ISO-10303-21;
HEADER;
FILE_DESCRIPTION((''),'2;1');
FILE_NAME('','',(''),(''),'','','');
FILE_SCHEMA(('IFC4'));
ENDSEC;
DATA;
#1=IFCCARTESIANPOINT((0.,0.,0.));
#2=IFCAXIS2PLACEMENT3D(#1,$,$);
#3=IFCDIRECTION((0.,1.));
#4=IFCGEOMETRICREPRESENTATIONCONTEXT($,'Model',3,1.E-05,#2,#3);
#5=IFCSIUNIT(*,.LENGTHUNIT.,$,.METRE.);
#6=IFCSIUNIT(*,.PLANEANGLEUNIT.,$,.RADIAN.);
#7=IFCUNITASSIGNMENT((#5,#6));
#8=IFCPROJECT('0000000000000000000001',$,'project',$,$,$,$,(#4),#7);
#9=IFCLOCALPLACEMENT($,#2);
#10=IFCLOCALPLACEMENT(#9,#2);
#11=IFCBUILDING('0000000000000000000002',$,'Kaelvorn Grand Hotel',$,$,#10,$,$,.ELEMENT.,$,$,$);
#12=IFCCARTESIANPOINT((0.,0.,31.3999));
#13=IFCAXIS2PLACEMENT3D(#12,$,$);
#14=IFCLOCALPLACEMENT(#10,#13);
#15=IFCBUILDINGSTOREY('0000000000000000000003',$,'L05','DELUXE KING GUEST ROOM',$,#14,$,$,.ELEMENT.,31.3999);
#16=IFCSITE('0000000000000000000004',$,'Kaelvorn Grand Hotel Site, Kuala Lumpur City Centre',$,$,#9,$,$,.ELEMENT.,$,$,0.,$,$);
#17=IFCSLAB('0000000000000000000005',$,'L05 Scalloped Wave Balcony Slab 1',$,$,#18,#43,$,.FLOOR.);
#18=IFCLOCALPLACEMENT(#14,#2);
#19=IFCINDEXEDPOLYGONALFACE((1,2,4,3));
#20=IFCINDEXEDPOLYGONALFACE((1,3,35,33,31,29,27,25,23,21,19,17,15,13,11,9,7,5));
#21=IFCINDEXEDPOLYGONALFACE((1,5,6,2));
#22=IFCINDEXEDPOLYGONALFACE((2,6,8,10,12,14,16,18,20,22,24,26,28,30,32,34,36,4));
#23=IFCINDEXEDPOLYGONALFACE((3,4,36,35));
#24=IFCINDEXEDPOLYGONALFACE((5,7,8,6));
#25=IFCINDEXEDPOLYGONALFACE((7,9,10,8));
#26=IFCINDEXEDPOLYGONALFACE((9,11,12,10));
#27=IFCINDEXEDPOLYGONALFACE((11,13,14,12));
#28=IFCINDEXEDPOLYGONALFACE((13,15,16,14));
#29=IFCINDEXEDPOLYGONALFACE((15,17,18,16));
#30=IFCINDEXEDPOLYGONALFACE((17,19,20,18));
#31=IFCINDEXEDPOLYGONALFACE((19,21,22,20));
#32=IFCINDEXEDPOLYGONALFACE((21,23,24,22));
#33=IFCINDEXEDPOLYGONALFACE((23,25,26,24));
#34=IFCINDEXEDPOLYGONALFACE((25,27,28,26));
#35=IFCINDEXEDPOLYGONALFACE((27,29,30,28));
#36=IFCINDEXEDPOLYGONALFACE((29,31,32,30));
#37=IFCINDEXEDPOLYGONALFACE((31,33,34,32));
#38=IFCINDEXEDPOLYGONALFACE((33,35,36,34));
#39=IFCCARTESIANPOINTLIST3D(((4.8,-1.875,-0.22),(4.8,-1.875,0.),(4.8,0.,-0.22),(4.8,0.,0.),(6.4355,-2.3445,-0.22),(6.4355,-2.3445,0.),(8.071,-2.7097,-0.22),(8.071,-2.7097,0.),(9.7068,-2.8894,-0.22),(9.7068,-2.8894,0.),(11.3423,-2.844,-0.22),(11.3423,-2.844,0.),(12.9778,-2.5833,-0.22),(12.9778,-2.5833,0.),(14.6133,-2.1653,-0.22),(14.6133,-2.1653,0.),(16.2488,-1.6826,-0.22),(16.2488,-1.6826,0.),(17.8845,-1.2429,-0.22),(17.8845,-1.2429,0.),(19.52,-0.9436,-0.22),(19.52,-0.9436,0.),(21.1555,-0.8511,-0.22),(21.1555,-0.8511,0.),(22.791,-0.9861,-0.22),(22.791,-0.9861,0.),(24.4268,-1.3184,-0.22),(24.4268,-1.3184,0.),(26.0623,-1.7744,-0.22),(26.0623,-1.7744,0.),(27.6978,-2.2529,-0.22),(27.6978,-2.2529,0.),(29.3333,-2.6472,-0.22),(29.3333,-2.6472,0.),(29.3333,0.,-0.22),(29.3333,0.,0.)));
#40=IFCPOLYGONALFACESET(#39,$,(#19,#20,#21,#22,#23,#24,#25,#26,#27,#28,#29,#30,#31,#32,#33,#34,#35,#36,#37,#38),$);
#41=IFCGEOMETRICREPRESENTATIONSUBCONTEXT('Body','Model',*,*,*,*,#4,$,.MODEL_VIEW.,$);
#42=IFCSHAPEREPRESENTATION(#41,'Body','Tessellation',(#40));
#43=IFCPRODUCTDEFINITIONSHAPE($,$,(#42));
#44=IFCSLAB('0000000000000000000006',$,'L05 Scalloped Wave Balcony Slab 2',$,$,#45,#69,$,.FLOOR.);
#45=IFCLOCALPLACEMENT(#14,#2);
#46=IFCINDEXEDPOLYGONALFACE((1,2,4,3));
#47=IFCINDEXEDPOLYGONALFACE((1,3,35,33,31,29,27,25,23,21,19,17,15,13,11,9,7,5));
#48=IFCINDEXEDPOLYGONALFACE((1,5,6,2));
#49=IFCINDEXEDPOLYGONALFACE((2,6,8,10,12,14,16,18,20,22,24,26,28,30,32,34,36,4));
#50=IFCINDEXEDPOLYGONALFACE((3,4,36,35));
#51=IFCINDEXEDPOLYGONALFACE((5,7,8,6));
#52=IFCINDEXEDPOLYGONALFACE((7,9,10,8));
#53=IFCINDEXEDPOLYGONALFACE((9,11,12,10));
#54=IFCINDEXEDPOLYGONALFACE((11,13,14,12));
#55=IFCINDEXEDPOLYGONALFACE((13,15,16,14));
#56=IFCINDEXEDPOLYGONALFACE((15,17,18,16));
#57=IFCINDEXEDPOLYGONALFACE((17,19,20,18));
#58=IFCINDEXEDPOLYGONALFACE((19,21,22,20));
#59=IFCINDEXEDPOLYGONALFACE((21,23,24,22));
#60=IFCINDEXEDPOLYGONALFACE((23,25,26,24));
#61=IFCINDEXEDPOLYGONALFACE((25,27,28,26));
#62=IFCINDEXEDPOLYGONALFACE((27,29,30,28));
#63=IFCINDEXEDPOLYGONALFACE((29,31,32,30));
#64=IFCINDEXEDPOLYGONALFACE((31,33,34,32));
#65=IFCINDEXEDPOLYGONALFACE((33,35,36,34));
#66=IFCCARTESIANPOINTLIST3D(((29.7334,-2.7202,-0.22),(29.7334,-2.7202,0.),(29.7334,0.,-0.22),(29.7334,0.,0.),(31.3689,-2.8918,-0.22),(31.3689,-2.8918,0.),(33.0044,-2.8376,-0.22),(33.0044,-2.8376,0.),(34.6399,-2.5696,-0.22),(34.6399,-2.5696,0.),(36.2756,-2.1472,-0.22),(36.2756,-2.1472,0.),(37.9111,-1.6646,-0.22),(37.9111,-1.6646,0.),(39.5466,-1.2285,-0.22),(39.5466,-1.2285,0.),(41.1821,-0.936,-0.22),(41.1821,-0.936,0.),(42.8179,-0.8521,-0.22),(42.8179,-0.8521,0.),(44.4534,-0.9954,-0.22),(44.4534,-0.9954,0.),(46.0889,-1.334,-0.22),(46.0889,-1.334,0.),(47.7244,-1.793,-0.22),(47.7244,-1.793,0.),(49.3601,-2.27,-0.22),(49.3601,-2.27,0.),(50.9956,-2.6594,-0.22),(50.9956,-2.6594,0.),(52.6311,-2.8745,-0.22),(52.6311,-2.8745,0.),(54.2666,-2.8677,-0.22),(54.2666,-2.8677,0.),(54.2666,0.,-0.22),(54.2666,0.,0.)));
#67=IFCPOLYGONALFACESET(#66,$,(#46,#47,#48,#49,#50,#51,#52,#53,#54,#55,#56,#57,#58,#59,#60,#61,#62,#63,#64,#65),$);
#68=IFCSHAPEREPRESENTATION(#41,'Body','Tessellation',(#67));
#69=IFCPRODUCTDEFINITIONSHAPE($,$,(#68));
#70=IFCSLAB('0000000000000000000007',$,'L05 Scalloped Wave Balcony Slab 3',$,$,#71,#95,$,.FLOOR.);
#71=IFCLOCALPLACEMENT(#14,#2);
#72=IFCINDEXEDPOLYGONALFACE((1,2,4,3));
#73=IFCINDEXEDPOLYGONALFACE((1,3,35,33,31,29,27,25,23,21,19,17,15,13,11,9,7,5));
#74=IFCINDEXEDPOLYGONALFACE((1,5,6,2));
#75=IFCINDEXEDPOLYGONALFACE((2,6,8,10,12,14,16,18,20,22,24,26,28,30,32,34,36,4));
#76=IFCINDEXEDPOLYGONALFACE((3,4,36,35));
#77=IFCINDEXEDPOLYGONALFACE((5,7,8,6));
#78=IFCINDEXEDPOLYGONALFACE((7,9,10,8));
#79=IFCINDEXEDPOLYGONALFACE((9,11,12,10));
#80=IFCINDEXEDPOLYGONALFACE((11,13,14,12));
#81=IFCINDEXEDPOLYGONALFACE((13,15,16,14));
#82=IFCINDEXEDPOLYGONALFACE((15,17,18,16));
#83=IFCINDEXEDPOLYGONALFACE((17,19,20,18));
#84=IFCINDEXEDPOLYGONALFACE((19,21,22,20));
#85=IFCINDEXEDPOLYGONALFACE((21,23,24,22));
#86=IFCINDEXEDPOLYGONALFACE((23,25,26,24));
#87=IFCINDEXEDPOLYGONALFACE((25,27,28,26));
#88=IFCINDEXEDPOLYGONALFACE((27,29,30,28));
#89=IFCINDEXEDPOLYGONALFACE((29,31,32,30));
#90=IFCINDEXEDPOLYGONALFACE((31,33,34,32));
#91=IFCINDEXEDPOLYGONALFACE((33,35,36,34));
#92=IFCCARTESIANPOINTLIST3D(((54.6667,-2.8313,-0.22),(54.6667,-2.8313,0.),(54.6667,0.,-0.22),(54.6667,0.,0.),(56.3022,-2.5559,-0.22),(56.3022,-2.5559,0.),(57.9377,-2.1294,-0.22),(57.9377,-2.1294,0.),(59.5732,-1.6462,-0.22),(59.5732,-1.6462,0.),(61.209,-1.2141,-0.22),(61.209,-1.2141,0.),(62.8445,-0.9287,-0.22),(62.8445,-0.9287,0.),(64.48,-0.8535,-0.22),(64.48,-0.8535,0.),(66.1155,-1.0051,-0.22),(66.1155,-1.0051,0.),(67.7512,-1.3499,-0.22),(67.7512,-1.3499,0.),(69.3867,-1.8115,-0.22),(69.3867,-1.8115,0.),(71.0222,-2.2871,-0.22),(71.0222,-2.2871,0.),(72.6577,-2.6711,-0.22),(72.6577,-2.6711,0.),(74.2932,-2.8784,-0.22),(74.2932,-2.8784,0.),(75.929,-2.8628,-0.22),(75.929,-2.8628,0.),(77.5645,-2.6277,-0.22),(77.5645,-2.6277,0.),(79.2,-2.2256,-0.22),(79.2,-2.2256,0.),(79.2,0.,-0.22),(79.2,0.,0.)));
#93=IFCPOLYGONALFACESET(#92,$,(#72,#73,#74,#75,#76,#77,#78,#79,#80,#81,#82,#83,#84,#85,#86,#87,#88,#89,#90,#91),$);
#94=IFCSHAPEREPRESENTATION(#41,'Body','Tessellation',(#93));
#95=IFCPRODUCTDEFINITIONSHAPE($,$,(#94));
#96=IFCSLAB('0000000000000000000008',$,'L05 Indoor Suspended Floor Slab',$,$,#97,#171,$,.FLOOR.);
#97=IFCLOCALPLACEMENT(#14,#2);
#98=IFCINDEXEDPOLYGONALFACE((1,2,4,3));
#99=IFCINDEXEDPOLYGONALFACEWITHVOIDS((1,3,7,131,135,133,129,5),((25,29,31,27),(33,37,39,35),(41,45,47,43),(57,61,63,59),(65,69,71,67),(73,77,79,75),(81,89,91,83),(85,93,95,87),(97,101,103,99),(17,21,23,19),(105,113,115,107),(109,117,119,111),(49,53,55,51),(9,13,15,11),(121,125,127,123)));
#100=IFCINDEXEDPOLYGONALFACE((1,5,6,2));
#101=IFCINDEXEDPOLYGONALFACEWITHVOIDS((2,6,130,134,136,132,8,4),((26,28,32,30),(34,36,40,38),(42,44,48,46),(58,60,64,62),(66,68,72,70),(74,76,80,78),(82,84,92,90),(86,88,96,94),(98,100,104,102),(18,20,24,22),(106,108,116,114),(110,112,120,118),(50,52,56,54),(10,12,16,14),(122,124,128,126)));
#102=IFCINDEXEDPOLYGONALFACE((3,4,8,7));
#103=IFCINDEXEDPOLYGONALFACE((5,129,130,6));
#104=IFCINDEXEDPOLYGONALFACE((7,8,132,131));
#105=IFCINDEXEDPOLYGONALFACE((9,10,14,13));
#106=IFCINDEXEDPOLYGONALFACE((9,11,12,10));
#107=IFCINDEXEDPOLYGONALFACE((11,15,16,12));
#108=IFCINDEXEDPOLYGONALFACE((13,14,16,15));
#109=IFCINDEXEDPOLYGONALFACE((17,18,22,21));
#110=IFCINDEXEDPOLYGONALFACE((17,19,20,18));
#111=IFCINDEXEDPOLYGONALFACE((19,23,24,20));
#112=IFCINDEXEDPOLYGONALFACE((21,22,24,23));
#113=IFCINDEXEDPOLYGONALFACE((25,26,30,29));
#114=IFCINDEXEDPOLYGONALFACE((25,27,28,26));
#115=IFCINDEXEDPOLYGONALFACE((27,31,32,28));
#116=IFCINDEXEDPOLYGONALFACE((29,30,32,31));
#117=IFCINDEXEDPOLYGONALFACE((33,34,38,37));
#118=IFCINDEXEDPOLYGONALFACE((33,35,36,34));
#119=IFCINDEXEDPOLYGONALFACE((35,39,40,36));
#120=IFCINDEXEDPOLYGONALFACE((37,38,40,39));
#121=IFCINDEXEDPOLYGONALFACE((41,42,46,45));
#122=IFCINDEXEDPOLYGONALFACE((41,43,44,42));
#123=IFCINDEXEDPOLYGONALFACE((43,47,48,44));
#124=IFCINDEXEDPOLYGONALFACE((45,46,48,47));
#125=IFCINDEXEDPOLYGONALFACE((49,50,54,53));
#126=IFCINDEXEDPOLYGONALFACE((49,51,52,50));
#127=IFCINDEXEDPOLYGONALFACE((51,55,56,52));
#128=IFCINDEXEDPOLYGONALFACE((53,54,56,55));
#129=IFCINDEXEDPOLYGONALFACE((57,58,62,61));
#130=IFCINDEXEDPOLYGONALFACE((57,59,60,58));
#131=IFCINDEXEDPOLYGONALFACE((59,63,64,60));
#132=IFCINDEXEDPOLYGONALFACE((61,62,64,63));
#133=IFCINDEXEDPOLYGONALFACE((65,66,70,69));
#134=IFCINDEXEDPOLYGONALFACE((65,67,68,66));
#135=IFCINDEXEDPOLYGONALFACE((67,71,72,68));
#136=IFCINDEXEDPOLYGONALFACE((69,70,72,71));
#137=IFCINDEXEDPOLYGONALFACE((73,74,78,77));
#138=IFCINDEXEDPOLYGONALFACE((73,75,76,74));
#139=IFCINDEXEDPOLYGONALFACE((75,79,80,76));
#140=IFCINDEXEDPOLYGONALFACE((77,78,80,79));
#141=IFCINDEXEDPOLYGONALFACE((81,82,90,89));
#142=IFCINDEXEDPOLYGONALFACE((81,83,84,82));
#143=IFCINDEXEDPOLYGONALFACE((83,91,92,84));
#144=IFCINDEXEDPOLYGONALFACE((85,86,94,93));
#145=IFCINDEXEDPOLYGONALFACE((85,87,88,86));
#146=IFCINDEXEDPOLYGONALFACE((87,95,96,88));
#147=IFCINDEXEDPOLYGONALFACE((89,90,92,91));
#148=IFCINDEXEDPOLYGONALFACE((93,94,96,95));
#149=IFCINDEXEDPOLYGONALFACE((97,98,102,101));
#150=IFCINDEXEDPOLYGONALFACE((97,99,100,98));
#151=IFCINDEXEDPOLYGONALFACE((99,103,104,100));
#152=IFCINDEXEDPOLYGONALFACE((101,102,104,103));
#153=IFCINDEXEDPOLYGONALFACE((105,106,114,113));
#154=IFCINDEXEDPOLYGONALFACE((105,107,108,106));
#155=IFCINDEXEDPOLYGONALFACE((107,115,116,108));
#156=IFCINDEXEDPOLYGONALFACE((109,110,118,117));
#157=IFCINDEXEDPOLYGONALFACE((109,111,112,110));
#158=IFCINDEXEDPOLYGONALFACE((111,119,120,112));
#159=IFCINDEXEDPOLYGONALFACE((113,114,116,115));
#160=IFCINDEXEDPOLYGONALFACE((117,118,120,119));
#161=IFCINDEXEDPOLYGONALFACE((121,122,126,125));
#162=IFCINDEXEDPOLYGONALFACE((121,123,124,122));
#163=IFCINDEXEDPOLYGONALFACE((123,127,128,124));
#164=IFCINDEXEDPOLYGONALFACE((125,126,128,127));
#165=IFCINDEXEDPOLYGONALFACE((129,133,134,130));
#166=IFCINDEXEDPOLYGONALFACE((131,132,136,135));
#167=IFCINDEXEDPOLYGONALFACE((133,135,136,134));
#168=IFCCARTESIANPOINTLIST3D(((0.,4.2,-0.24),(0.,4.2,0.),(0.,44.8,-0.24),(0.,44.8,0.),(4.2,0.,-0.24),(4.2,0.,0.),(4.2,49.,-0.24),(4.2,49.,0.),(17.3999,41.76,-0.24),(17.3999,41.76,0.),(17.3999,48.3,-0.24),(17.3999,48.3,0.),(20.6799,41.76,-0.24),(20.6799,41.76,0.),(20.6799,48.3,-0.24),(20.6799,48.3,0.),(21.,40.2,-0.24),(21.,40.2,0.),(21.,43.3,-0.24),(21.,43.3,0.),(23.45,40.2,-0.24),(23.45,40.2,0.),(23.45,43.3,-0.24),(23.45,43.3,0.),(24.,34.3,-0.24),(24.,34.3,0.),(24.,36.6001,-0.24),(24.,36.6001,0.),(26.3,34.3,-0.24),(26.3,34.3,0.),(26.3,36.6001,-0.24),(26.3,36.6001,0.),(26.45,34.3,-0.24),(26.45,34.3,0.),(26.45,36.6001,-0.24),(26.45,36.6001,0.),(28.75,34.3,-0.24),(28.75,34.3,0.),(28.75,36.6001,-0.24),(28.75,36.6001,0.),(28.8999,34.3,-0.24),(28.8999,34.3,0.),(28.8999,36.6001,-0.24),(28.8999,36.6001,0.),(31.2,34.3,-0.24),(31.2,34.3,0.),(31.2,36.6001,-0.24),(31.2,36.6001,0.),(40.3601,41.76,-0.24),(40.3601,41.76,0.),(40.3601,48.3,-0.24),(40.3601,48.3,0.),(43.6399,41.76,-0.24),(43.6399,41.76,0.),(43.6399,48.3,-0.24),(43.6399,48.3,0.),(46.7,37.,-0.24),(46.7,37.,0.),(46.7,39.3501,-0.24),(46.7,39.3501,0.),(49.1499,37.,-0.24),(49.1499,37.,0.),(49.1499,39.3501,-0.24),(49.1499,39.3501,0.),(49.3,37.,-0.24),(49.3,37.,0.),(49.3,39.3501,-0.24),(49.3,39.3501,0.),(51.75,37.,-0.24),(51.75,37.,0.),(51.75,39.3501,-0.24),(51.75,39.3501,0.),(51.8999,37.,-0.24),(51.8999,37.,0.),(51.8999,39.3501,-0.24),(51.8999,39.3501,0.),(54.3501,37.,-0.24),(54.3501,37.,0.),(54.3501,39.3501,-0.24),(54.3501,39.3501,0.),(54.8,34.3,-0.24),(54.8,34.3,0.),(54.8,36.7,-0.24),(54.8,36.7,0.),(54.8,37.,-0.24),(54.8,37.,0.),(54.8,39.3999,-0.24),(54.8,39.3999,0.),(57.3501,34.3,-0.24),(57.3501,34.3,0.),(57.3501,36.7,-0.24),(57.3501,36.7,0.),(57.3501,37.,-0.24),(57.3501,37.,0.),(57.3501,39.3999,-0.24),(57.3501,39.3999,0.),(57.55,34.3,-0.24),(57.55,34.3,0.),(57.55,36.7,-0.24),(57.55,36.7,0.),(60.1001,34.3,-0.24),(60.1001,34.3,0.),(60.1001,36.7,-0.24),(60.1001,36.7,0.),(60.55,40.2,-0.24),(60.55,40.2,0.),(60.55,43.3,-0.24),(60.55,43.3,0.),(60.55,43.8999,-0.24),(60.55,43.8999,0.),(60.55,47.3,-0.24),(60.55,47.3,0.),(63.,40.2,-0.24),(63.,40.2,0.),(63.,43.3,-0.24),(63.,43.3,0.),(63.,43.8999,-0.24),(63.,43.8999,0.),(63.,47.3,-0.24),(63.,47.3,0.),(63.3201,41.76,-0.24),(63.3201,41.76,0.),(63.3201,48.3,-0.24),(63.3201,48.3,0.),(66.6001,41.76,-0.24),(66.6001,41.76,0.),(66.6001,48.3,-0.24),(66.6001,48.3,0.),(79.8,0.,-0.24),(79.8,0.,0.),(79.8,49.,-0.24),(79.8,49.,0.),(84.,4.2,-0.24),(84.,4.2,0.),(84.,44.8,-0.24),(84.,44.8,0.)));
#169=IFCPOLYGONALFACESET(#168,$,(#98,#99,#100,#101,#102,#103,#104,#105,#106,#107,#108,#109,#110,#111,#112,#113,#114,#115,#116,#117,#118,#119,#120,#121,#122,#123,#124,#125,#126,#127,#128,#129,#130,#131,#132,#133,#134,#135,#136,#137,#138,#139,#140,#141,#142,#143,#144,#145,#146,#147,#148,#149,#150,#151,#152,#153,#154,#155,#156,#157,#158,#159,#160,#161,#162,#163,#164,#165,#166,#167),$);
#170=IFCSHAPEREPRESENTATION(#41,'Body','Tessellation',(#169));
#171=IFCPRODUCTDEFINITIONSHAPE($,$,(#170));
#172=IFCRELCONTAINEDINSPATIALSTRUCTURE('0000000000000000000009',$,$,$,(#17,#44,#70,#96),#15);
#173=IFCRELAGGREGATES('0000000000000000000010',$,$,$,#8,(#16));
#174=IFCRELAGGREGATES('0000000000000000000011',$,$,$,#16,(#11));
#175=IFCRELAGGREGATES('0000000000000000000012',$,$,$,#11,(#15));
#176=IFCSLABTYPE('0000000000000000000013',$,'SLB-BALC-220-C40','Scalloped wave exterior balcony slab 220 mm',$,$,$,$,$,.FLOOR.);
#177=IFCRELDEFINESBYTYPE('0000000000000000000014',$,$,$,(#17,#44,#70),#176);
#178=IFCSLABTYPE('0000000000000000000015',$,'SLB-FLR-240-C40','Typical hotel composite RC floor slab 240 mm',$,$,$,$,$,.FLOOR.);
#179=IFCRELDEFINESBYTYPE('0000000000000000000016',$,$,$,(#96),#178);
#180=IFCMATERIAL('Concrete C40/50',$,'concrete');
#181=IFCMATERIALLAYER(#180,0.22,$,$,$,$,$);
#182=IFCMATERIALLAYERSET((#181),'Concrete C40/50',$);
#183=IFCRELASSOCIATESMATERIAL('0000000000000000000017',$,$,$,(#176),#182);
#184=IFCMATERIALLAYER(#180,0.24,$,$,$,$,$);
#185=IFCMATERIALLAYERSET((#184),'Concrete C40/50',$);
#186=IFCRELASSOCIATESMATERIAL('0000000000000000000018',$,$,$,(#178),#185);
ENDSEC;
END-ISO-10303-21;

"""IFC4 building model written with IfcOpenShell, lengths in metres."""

from ifc_helpers import new_model, si_unit, direction, frame, origin, place, context, subcontext, project, spatial, polyline, outline, extrude, material, layer, layer_set, type_object, element, save


model = new_model("IFC4")

# Units and contexts
model_context = context("Model", 3, precision=1e-05, world=origin(), true_north=direction((0.0, 1.0)))
body_context = subcontext(model_context, "Body", "Model", "MODEL_VIEW")
ifc_project = project(units=[si_unit("LENGTHUNIT", "METRE"), si_unit("PLANEANGLEUNIT", "RADIAN")], contexts=[model_context])

# Site, building, storey
site_placement = place(None, origin())
site = spatial("IfcSite", under=ifc_project, at=site_placement, Name="Kaelvorn Grand Hotel Site, Kuala Lumpur City Centre", CompositionType="ELEMENT", RefElevation=0.0)
building_placement = place(site_placement, origin())
building = spatial("IfcBuilding", under=site, at=building_placement, Name="Kaelvorn Grand Hotel", CompositionType="ELEMENT")
storey_placement = place(building_placement, frame((0.0, 0.0, 31.3999)))
storey = spatial("IfcBuildingStorey", under=building, at=storey_placement, Name="L05", Description="DELUXE KING GUEST ROOM", CompositionType="ELEMENT", Elevation=31.3999)

# Slabs
ifc_material_1 = material(Name="Concrete C40/50", Category="concrete")
ifc_layer_1 = layer(ifc_material_1, 0.22)
ifc_layer_set_1 = layer_set([ifc_layer_1], Name="Concrete C40/50")
slab_type_1 = type_object("IfcSlabType", Name="SLB-BALC-220-C40", Description="Scalloped wave exterior balcony slab 220 mm", PredefinedType="FLOOR", material=ifc_layer_set_1)
slab_1_placement = place(storey_placement, frame((0.0, 0.0, -0.22)))
element("IfcSlab", 1, at=slab_1_placement, inside=storey, type_object=slab_type_1, Name="L05 Scalloped Wave Balcony Slab 1", PredefinedType="FLOOR", context=body_context, shape_type="SweptSolid", body=[
    extrude(outline(polyline([(4.8, -1.875), (6.4355, -2.3445), (8.071, -2.7097), (9.7068, -2.8894), (11.3423, -2.844), (12.9778, -2.5833), (14.6133, -2.1653), (16.2488, -1.6826), (17.8845, -1.2429), (19.52, -0.9436), (21.1555, -0.8511), (22.791, -0.9861), (24.4268, -1.3184), (26.0623, -1.7744), (27.6978, -2.2529), (29.3333, -2.6472), (29.3333, 0.0), (4.8, 0.0), (4.8, -1.875)])), origin(), (0.0, 0.0, 1.0), 0.22),
])
slab_2_placement = place(storey_placement, frame((0.0, 0.0, -0.22)))
element("IfcSlab", 2, at=slab_2_placement, inside=storey, type_object=slab_type_1, Name="L05 Scalloped Wave Balcony Slab 2", PredefinedType="FLOOR", context=body_context, shape_type="SweptSolid", body=[
    extrude(outline(polyline([(29.7334, -2.7202), (31.3689, -2.8918), (33.0044, -2.8376), (34.6399, -2.5696), (36.2756, -2.1472), (37.9111, -1.6646), (39.5466, -1.2285), (41.1821, -0.936), (42.8179, -0.8521), (44.4534, -0.9954), (46.0889, -1.334), (47.7244, -1.793), (49.3601, -2.27), (50.9956, -2.6594), (52.6311, -2.8745), (54.2666, -2.8677), (54.2666, 0.0), (29.7334, 0.0), (29.7334, -2.7202)])), origin(), (0.0, 0.0, 1.0), 0.22),
])
slab_3_placement = place(storey_placement, frame((0.0, 0.0, -0.22)))
element("IfcSlab", 3, at=slab_3_placement, inside=storey, type_object=slab_type_1, Name="L05 Scalloped Wave Balcony Slab 3", PredefinedType="FLOOR", context=body_context, shape_type="SweptSolid", body=[
    extrude(outline(polyline([(54.6667, -2.8313), (56.3022, -2.5559), (57.9377, -2.1294), (59.5732, -1.6462), (61.209, -1.2141), (62.8445, -0.9287), (64.48, -0.8535), (66.1155, -1.0051), (67.7512, -1.3499), (69.3867, -1.8115), (71.0222, -2.2871), (72.6577, -2.6711), (74.2932, -2.8784), (75.929, -2.8628), (77.5645, -2.6277), (79.2, -2.2256), (79.2, 0.0), (54.6667, 0.0), (54.6667, -2.8313)])), origin(), (0.0, 0.0, 1.0), 0.22),
])
ifc_layer_2 = layer(ifc_material_1, 0.24)
ifc_layer_set_2 = layer_set([ifc_layer_2], Name="Concrete C40/50")
slab_type_2 = type_object("IfcSlabType", Name="SLB-FLR-240-C40", Description="Typical hotel composite RC floor slab 240 mm", PredefinedType="FLOOR", material=ifc_layer_set_2)
slab_4_placement = place(storey_placement, frame((0.0, 0.0, -0.24)))
element("IfcSlab", 4, at=slab_4_placement, inside=storey, type_object=slab_type_2, Name="L05 Indoor Suspended Floor Slab", PredefinedType="FLOOR", context=body_context, shape_type="SweptSolid", body=[
    extrude(outline(polyline([(4.2, 0.0), (79.8, 0.0), (84.0, 4.2), (84.0, 44.8), (79.8, 49.0), (4.2, 49.0), (0.0, 44.8), (0.0, 4.2), (4.2, 0.0)]), holes=[polyline([(17.3999, 41.76), (17.3999, 48.3), (20.6799, 48.3), (20.6799, 41.76), (17.3999, 41.76)]), polyline([(40.3601, 41.76), (40.3601, 48.3), (43.6399, 48.3), (43.6399, 41.76), (40.3601, 41.76)]), polyline([(63.3201, 41.76), (63.3201, 48.3), (66.6001, 48.3), (66.6001, 41.76), (63.3201, 41.76)]), polyline([(24.0, 34.3), (24.0, 36.6001), (26.3, 36.6001), (26.3, 34.3), (24.0, 34.3)]), polyline([(26.45, 34.3), (26.45, 36.6001), (28.75, 36.6001), (28.75, 34.3), (26.45, 34.3)]), polyline([(28.8999, 34.3), (28.8999, 36.6001), (31.2, 36.6001), (31.2, 34.3), (28.8999, 34.3)]), polyline([(46.7, 37.0), (46.7, 39.3501), (49.1499, 39.3501), (49.1499, 37.0), (46.7, 37.0)]), polyline([(49.3, 37.0), (49.3, 39.3501), (51.75, 39.3501), (51.75, 37.0), (49.3, 37.0)]), polyline([(51.8999, 37.0), (51.8999, 39.3501), (54.3501, 39.3501), (54.3501, 37.0), (51.8999, 37.0)]), polyline([(54.8, 34.3), (54.8, 36.7), (57.3501, 36.7), (57.3501, 34.3), (54.8, 34.3)]), polyline([(57.55, 34.3), (57.55, 36.7), (60.1001, 36.7), (60.1001, 34.3), (57.55, 34.3)]), polyline([(54.8, 37.0), (54.8, 39.3999), (57.3501, 39.3999), (57.3501, 37.0), (54.8, 37.0)]), polyline([(21.0, 40.2), (21.0, 43.3), (23.45, 43.3), (23.45, 40.2), (21.0, 40.2)]), polyline([(60.55, 40.2), (60.55, 43.3), (63.0, 43.3), (63.0, 40.2), (60.55, 40.2)]), polyline([(60.55, 43.8999), (60.55, 47.3), (63.0, 47.3), (63.0, 43.8999), (60.55, 43.8999)])]), origin(), (0.0, 0.0, 1.0), 0.24),
])

save(model, "model.ifc")
